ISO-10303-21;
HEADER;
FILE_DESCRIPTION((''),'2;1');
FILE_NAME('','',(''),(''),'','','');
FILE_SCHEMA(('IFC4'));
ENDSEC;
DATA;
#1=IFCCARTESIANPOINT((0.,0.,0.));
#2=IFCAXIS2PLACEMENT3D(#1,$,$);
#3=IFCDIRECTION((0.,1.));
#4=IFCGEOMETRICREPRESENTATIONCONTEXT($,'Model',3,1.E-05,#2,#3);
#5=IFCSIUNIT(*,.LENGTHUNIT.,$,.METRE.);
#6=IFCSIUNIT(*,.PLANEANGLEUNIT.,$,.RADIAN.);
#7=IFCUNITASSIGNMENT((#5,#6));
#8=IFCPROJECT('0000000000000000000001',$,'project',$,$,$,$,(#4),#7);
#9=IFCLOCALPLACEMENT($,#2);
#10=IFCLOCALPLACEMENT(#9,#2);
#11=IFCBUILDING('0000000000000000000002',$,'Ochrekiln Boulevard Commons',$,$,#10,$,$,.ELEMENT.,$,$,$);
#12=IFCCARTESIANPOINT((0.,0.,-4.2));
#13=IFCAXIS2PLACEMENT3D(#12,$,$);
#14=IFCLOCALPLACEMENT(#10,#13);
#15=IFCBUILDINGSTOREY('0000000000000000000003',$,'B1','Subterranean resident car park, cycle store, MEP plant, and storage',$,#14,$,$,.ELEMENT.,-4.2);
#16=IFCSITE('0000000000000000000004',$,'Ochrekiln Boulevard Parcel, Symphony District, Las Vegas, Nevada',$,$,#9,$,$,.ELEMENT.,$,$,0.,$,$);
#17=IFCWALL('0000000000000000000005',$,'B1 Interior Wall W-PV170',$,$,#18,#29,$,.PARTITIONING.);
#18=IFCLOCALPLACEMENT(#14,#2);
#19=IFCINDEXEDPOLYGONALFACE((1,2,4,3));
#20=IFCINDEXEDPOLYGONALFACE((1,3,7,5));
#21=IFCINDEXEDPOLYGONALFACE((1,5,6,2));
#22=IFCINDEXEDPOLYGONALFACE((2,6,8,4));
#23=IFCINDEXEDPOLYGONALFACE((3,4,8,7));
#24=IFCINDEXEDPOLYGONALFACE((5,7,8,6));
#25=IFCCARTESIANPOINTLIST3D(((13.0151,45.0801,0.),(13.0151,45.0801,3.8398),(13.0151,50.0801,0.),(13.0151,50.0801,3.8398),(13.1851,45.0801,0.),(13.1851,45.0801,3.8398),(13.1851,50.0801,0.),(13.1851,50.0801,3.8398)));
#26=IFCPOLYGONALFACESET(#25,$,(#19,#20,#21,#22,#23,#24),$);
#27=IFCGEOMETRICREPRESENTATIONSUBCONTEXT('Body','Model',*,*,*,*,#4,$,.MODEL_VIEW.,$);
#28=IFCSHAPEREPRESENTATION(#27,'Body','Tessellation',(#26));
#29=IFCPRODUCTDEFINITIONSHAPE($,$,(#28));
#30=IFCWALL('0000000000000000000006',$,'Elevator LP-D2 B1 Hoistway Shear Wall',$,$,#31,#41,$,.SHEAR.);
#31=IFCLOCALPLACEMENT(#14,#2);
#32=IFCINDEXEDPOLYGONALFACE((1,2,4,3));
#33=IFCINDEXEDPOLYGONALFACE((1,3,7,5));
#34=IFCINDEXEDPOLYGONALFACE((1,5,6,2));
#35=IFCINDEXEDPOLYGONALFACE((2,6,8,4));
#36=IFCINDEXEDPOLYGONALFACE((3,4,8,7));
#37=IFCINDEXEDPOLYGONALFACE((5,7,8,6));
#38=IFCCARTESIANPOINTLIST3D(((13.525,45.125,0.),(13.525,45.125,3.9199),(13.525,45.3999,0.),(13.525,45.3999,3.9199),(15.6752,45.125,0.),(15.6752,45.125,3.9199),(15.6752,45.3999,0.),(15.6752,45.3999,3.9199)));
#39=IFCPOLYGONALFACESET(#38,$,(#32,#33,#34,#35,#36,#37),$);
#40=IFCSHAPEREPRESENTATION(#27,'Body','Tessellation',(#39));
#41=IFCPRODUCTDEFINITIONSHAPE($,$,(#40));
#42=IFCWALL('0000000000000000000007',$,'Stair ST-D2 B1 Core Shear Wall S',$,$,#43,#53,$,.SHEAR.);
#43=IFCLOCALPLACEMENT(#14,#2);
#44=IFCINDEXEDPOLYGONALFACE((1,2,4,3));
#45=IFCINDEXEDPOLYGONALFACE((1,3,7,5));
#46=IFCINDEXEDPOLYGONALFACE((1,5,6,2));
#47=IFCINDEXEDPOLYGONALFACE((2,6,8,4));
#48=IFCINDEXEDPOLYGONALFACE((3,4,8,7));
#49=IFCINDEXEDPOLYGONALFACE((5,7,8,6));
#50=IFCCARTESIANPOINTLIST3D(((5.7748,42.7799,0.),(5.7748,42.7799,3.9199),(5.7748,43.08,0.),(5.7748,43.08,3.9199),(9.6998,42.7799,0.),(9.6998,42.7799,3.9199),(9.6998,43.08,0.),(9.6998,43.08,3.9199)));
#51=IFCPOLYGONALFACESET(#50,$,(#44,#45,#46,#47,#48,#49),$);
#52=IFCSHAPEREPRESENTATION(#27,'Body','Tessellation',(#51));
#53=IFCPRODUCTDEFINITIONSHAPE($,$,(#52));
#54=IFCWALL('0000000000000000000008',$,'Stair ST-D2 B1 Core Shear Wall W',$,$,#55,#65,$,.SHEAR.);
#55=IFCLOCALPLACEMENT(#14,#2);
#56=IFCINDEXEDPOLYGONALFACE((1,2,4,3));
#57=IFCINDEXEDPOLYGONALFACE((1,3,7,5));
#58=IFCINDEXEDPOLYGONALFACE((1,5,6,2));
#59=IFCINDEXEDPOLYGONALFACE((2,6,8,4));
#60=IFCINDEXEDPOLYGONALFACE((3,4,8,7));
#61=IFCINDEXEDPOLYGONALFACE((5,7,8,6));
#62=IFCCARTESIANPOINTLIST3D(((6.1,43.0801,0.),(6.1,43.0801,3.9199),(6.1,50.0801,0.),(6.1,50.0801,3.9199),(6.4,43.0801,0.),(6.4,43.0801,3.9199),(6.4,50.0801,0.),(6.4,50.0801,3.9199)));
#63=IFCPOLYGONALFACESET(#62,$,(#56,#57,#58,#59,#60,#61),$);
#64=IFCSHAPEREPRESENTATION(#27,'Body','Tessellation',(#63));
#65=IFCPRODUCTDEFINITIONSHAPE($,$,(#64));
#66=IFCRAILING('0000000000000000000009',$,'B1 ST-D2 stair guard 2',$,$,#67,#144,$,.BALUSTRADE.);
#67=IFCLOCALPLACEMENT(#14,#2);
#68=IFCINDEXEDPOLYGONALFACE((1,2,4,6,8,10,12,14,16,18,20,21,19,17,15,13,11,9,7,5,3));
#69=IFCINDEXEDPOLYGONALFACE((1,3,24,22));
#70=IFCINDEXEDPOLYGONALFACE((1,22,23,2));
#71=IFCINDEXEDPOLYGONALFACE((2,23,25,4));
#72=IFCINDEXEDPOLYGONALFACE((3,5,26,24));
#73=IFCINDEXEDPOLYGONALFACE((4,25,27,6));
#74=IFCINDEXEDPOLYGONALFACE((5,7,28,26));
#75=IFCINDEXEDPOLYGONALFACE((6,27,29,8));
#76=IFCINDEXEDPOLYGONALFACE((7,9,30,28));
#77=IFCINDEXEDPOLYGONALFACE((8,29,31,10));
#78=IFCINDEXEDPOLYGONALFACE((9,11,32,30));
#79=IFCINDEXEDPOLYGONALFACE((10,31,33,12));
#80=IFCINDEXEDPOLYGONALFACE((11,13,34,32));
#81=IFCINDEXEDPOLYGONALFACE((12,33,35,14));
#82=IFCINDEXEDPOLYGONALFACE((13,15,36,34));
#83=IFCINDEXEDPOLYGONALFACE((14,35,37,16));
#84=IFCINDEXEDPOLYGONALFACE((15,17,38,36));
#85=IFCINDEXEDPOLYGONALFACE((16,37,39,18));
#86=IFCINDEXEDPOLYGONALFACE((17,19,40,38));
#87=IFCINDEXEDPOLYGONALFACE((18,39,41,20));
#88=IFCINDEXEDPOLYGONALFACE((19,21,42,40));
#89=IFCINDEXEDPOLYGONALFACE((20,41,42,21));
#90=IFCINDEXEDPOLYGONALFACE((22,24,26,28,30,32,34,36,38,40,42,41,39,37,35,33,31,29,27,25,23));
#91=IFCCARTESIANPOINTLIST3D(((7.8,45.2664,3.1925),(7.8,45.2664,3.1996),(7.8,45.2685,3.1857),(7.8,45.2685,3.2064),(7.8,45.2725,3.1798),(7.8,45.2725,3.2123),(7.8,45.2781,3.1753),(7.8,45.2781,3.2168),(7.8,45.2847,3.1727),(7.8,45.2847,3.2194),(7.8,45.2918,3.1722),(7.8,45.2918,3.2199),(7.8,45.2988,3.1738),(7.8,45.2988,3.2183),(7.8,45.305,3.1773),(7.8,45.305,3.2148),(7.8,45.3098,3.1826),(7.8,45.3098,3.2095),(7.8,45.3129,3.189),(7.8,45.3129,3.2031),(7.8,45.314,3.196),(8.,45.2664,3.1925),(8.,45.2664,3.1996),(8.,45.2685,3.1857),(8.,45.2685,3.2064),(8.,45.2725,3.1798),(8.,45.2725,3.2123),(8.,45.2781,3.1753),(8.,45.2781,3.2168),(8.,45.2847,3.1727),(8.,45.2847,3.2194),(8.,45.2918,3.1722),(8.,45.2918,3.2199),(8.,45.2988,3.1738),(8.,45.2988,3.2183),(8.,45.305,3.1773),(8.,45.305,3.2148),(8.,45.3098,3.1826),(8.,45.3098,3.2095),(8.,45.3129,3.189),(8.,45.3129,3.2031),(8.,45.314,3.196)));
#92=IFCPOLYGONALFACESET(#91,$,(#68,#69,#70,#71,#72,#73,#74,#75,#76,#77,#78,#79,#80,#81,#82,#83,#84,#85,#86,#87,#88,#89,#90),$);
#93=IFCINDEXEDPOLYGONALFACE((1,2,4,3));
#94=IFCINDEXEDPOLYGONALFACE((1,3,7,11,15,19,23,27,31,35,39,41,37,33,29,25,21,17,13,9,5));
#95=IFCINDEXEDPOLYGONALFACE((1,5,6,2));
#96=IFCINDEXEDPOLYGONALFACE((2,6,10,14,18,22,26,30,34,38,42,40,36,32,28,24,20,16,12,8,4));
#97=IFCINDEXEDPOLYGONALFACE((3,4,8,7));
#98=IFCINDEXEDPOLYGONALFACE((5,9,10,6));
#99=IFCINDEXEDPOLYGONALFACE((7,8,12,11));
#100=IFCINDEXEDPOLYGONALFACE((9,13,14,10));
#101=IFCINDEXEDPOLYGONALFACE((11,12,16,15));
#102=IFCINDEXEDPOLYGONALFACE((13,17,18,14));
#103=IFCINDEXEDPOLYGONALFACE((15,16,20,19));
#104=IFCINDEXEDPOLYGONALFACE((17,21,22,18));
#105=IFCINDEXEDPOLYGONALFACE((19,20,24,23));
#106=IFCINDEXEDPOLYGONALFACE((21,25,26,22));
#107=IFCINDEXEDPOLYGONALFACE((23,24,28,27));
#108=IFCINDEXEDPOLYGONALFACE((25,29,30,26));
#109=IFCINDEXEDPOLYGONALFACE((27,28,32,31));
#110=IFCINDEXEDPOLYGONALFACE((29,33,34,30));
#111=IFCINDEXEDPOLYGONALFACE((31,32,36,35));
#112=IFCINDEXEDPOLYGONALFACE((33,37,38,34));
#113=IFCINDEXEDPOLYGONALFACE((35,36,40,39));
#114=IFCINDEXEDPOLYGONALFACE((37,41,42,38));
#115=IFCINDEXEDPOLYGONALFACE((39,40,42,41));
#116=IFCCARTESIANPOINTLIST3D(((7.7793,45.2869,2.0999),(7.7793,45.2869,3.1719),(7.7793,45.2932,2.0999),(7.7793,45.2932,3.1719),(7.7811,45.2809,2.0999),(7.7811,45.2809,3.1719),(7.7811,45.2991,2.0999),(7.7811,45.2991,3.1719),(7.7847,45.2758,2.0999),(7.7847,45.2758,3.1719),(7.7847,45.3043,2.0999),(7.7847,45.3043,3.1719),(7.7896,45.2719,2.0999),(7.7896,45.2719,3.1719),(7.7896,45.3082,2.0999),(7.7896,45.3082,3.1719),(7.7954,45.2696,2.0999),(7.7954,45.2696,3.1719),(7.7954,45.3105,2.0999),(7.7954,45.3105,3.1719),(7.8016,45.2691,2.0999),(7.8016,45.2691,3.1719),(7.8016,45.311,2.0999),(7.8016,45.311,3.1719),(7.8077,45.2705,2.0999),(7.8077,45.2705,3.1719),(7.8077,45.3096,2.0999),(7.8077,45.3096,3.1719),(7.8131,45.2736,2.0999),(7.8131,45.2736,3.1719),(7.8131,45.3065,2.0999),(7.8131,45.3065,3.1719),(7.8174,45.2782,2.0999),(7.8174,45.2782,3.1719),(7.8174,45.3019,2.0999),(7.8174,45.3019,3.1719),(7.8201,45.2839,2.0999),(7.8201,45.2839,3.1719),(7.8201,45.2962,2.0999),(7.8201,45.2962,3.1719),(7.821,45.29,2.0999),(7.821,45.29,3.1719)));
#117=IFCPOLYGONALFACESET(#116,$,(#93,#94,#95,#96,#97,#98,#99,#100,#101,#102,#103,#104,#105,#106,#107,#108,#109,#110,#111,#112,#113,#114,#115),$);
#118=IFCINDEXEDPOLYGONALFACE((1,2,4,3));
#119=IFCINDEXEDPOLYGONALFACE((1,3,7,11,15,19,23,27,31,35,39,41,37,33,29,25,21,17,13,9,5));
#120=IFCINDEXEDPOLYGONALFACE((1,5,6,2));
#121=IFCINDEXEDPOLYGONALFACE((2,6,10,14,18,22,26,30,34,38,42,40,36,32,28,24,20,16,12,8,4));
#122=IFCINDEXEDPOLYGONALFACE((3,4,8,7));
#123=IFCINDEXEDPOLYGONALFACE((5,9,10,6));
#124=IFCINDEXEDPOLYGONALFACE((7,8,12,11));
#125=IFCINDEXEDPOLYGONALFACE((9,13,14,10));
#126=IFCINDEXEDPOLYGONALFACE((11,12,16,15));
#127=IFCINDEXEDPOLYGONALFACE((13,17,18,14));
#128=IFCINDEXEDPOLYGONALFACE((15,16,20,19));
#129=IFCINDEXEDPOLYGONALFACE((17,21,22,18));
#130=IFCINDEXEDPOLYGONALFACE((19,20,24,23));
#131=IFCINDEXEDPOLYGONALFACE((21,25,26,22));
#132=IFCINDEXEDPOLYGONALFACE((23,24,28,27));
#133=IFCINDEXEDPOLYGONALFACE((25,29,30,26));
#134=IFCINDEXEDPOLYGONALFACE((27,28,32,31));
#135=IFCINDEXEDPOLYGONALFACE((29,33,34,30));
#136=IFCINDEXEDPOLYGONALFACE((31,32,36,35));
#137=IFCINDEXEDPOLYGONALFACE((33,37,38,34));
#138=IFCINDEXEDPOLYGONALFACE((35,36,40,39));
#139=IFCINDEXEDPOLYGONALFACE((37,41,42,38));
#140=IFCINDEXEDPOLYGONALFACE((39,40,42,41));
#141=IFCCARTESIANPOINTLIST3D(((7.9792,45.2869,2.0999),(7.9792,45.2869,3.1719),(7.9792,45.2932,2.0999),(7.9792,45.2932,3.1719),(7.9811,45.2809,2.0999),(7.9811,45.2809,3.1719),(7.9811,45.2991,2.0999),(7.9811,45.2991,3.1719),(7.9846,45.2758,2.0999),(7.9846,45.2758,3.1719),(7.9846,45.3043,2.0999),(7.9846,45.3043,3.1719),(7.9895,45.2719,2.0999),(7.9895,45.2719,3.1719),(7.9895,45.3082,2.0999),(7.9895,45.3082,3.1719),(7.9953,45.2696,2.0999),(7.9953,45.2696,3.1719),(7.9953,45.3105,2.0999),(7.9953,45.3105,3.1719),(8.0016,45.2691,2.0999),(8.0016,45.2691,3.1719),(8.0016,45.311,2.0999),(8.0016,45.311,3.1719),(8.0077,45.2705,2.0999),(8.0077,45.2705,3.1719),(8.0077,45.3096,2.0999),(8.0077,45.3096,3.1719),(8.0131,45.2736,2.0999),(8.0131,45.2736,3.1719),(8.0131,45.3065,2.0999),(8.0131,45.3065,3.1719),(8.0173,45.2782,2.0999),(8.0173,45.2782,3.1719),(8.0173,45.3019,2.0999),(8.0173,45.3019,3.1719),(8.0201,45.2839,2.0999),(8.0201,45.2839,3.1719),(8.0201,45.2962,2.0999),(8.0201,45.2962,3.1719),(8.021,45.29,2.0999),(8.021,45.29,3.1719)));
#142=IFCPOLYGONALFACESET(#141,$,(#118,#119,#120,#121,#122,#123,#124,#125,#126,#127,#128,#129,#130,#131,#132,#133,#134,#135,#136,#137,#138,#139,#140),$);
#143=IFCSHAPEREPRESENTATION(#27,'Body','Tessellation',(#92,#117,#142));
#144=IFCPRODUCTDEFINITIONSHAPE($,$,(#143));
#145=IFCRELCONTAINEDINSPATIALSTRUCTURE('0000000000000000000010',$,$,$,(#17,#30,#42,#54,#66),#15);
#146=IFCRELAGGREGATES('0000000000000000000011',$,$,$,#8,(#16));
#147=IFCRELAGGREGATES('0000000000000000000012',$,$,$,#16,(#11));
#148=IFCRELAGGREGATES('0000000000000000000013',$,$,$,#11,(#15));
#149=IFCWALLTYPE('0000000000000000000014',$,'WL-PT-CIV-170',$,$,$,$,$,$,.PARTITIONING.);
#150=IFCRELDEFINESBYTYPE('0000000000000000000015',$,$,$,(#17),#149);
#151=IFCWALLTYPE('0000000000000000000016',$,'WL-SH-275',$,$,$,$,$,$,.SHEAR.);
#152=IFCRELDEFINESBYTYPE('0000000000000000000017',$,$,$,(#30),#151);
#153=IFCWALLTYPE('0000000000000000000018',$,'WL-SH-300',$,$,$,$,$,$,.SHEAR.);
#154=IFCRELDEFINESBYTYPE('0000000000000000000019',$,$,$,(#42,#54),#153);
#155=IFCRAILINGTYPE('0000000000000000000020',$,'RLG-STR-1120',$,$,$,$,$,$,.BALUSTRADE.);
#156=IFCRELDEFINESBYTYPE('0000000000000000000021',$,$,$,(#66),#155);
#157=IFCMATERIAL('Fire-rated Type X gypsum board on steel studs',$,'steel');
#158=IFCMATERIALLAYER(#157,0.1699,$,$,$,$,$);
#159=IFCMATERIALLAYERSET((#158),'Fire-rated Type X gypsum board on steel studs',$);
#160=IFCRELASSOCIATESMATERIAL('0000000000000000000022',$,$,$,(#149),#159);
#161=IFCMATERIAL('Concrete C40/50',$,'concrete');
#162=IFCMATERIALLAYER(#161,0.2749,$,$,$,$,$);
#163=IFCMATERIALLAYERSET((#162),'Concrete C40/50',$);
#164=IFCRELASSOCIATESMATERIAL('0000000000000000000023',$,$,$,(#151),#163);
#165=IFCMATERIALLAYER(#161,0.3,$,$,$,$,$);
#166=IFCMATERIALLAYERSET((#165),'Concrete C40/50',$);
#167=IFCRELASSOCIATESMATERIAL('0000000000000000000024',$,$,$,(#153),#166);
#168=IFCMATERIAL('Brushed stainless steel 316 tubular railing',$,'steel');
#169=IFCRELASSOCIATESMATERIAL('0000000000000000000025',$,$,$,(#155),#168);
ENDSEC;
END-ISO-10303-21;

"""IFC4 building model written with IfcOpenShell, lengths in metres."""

from ifc_helpers import new_model, si_unit, direction, frame, frame_2d, origin, origin_2d, place, context, subcontext, project, spatial, rectangle, circle, extrude, material, layer, layer_set, type_object, element, save


model = new_model("IFC4")

# Units and contexts
model_context = context("Model", 3, precision=1e-05, world=origin(), true_north=direction((0.0, 1.0)))
body_context = subcontext(model_context, "Body", "Model", "MODEL_VIEW")
ifc_project = project(units=[si_unit("LENGTHUNIT", "METRE"), si_unit("PLANEANGLEUNIT", "RADIAN")], contexts=[model_context])

# Site, building, storey
site_placement = place(None, origin())
site = spatial("IfcSite", under=ifc_project, at=site_placement, Name="Ochrekiln Boulevard Parcel, Symphony District, Las Vegas, Nevada", CompositionType="ELEMENT", RefElevation=0.0)
building_placement = place(site_placement, origin())
building = spatial("IfcBuilding", under=site, at=building_placement, Name="Ochrekiln Boulevard Commons", CompositionType="ELEMENT")
storey_placement = place(building_placement, frame((0.0, 0.0, -4.2)))
storey = spatial("IfcBuildingStorey", under=building, at=storey_placement, Name="B1", Description="Subterranean resident car park, cycle store, MEP plant, and storage", CompositionType="ELEMENT", Elevation=-4.2)

# Shared definitions
ifc_material_1 = material(Name="Concrete C40/50", Category="concrete")

# Shared definitions
ifc_material_2 = material(Name="Fire-rated Type X gypsum board on steel studs", Category="steel")
ifc_layer_1 = layer(ifc_material_2, 0.1699)
ifc_layer_set_1 = layer_set([ifc_layer_1], Name="Fire-rated Type X gypsum board on steel studs")
wall_type_1 = type_object("IfcWallType", Name="WL-PT-CIV-170", PredefinedType="PARTITIONING", material=ifc_layer_set_1)

# Walls
wall_1_placement = place(storey_placement, frame((13.1001, 45.0801, 0.0), z_axis=(0.0, 0.0, 1.0), x_axis=(0.0, 1.0, 0.0)))
element("IfcWall", 1, at=wall_1_placement, inside=storey, type_object=wall_type_1, Name="B1 Interior Wall W-PV170", PredefinedType="PARTITIONING", context=body_context, shape_type="SweptSolid", body=[
    extrude(rectangle(XDim=5.0, YDim=0.1699, at=frame_2d((2.5, 0.0))), origin(), (0.0, 0.0, 1.0), 3.8398),
])
ifc_layer_2 = layer(ifc_material_1, 0.2749)
ifc_layer_set_2 = layer_set([ifc_layer_2], Name="Concrete C40/50")
wall_type_2 = type_object("IfcWallType", Name="WL-SH-275", PredefinedType="SHEAR", material=ifc_layer_set_2)
wall_2_placement = place(storey_placement, frame((13.5249, 45.2625, 0.0), z_axis=(0.0, 0.0, 1.0), x_axis=(1.0, 0.0, 0.0)))
element("IfcWall", 2, at=wall_2_placement, inside=storey, type_object=wall_type_2, Name="Elevator LP-D2 B1 Hoistway Shear Wall", PredefinedType="SHEAR", context=body_context, shape_type="SweptSolid", body=[
    extrude(rectangle(XDim=2.1501, YDim=0.2749, at=frame_2d((1.0752, 0.0))), origin(), (0.0, 0.0, 1.0), 3.9199),
])
ifc_layer_3 = layer(ifc_material_1, 0.3)
ifc_layer_set_3 = layer_set([ifc_layer_3], Name="Concrete C40/50")
wall_type_3 = type_object("IfcWallType", Name="WL-SH-300", PredefinedType="SHEAR", material=ifc_layer_set_3)
wall_3_placement = place(storey_placement, frame((5.7749, 42.9299, 0.0), z_axis=(0.0, 0.0, 1.0), x_axis=(1.0, 0.0, 0.0)))
element("IfcWall", 3, at=wall_3_placement, inside=storey, type_object=wall_type_3, Name="Stair ST-D2 B1 Core Shear Wall S", PredefinedType="SHEAR", context=body_context, shape_type="SweptSolid", body=[
    extrude(rectangle(XDim=3.925, YDim=0.3, at=frame_2d((1.9624, 0.0))), origin(), (0.0, 0.0, 1.0), 3.9199),
])
wall_4_placement = place(storey_placement, frame((6.25, 43.0801, 0.0), z_axis=(0.0, 0.0, 1.0), x_axis=(0.0, 1.0, 0.0)))
element("IfcWall", 4, at=wall_4_placement, inside=storey, type_object=wall_type_3, Name="Stair ST-D2 B1 Core Shear Wall W", PredefinedType="SHEAR", context=body_context, shape_type="SweptSolid", body=[
    extrude(rectangle(XDim=7.0, YDim=0.3, at=frame_2d((3.5, 0.0))), origin(), (0.0, 0.0, 1.0), 3.9199),
])

# Railing
ifc_material_3 = material(Name="Brushed stainless steel 316 tubular railing", Category="steel")
railing_type = type_object("IfcRailingType", Name="RLG-STR-1120", PredefinedType="BALUSTRADE", material=ifc_material_3)
railing_1_placement = place(storey_placement, frame((7.8, 45.29, 2.0999)))
element("IfcRailing", 5, at=railing_1_placement, inside=storey, type_object=railing_type, Name="B1 ST-D2 stair guard 2", PredefinedType="BALUSTRADE", context=body_context, shape_type="SweptSolid", body=[
    extrude(circle(Radius=0.0239, at=origin_2d()), frame((0.0, 0.0, 1.0962), z_axis=(1.0, 0.0, 0.0), x_axis=(0.0, 1.0, 0.0)), (0.0, 0.0, 1.0), 0.2),
    extrude(circle(Radius=0.021, at=origin_2d()), origin(), (0.0, 0.0, 1.0), 1.072),
    extrude(circle(Radius=0.021, at=origin_2d()), frame((0.2, 0.0, 0.0)), (0.0, 0.0, 1.0), 1.072),
])

save(model, "model.ifc")
